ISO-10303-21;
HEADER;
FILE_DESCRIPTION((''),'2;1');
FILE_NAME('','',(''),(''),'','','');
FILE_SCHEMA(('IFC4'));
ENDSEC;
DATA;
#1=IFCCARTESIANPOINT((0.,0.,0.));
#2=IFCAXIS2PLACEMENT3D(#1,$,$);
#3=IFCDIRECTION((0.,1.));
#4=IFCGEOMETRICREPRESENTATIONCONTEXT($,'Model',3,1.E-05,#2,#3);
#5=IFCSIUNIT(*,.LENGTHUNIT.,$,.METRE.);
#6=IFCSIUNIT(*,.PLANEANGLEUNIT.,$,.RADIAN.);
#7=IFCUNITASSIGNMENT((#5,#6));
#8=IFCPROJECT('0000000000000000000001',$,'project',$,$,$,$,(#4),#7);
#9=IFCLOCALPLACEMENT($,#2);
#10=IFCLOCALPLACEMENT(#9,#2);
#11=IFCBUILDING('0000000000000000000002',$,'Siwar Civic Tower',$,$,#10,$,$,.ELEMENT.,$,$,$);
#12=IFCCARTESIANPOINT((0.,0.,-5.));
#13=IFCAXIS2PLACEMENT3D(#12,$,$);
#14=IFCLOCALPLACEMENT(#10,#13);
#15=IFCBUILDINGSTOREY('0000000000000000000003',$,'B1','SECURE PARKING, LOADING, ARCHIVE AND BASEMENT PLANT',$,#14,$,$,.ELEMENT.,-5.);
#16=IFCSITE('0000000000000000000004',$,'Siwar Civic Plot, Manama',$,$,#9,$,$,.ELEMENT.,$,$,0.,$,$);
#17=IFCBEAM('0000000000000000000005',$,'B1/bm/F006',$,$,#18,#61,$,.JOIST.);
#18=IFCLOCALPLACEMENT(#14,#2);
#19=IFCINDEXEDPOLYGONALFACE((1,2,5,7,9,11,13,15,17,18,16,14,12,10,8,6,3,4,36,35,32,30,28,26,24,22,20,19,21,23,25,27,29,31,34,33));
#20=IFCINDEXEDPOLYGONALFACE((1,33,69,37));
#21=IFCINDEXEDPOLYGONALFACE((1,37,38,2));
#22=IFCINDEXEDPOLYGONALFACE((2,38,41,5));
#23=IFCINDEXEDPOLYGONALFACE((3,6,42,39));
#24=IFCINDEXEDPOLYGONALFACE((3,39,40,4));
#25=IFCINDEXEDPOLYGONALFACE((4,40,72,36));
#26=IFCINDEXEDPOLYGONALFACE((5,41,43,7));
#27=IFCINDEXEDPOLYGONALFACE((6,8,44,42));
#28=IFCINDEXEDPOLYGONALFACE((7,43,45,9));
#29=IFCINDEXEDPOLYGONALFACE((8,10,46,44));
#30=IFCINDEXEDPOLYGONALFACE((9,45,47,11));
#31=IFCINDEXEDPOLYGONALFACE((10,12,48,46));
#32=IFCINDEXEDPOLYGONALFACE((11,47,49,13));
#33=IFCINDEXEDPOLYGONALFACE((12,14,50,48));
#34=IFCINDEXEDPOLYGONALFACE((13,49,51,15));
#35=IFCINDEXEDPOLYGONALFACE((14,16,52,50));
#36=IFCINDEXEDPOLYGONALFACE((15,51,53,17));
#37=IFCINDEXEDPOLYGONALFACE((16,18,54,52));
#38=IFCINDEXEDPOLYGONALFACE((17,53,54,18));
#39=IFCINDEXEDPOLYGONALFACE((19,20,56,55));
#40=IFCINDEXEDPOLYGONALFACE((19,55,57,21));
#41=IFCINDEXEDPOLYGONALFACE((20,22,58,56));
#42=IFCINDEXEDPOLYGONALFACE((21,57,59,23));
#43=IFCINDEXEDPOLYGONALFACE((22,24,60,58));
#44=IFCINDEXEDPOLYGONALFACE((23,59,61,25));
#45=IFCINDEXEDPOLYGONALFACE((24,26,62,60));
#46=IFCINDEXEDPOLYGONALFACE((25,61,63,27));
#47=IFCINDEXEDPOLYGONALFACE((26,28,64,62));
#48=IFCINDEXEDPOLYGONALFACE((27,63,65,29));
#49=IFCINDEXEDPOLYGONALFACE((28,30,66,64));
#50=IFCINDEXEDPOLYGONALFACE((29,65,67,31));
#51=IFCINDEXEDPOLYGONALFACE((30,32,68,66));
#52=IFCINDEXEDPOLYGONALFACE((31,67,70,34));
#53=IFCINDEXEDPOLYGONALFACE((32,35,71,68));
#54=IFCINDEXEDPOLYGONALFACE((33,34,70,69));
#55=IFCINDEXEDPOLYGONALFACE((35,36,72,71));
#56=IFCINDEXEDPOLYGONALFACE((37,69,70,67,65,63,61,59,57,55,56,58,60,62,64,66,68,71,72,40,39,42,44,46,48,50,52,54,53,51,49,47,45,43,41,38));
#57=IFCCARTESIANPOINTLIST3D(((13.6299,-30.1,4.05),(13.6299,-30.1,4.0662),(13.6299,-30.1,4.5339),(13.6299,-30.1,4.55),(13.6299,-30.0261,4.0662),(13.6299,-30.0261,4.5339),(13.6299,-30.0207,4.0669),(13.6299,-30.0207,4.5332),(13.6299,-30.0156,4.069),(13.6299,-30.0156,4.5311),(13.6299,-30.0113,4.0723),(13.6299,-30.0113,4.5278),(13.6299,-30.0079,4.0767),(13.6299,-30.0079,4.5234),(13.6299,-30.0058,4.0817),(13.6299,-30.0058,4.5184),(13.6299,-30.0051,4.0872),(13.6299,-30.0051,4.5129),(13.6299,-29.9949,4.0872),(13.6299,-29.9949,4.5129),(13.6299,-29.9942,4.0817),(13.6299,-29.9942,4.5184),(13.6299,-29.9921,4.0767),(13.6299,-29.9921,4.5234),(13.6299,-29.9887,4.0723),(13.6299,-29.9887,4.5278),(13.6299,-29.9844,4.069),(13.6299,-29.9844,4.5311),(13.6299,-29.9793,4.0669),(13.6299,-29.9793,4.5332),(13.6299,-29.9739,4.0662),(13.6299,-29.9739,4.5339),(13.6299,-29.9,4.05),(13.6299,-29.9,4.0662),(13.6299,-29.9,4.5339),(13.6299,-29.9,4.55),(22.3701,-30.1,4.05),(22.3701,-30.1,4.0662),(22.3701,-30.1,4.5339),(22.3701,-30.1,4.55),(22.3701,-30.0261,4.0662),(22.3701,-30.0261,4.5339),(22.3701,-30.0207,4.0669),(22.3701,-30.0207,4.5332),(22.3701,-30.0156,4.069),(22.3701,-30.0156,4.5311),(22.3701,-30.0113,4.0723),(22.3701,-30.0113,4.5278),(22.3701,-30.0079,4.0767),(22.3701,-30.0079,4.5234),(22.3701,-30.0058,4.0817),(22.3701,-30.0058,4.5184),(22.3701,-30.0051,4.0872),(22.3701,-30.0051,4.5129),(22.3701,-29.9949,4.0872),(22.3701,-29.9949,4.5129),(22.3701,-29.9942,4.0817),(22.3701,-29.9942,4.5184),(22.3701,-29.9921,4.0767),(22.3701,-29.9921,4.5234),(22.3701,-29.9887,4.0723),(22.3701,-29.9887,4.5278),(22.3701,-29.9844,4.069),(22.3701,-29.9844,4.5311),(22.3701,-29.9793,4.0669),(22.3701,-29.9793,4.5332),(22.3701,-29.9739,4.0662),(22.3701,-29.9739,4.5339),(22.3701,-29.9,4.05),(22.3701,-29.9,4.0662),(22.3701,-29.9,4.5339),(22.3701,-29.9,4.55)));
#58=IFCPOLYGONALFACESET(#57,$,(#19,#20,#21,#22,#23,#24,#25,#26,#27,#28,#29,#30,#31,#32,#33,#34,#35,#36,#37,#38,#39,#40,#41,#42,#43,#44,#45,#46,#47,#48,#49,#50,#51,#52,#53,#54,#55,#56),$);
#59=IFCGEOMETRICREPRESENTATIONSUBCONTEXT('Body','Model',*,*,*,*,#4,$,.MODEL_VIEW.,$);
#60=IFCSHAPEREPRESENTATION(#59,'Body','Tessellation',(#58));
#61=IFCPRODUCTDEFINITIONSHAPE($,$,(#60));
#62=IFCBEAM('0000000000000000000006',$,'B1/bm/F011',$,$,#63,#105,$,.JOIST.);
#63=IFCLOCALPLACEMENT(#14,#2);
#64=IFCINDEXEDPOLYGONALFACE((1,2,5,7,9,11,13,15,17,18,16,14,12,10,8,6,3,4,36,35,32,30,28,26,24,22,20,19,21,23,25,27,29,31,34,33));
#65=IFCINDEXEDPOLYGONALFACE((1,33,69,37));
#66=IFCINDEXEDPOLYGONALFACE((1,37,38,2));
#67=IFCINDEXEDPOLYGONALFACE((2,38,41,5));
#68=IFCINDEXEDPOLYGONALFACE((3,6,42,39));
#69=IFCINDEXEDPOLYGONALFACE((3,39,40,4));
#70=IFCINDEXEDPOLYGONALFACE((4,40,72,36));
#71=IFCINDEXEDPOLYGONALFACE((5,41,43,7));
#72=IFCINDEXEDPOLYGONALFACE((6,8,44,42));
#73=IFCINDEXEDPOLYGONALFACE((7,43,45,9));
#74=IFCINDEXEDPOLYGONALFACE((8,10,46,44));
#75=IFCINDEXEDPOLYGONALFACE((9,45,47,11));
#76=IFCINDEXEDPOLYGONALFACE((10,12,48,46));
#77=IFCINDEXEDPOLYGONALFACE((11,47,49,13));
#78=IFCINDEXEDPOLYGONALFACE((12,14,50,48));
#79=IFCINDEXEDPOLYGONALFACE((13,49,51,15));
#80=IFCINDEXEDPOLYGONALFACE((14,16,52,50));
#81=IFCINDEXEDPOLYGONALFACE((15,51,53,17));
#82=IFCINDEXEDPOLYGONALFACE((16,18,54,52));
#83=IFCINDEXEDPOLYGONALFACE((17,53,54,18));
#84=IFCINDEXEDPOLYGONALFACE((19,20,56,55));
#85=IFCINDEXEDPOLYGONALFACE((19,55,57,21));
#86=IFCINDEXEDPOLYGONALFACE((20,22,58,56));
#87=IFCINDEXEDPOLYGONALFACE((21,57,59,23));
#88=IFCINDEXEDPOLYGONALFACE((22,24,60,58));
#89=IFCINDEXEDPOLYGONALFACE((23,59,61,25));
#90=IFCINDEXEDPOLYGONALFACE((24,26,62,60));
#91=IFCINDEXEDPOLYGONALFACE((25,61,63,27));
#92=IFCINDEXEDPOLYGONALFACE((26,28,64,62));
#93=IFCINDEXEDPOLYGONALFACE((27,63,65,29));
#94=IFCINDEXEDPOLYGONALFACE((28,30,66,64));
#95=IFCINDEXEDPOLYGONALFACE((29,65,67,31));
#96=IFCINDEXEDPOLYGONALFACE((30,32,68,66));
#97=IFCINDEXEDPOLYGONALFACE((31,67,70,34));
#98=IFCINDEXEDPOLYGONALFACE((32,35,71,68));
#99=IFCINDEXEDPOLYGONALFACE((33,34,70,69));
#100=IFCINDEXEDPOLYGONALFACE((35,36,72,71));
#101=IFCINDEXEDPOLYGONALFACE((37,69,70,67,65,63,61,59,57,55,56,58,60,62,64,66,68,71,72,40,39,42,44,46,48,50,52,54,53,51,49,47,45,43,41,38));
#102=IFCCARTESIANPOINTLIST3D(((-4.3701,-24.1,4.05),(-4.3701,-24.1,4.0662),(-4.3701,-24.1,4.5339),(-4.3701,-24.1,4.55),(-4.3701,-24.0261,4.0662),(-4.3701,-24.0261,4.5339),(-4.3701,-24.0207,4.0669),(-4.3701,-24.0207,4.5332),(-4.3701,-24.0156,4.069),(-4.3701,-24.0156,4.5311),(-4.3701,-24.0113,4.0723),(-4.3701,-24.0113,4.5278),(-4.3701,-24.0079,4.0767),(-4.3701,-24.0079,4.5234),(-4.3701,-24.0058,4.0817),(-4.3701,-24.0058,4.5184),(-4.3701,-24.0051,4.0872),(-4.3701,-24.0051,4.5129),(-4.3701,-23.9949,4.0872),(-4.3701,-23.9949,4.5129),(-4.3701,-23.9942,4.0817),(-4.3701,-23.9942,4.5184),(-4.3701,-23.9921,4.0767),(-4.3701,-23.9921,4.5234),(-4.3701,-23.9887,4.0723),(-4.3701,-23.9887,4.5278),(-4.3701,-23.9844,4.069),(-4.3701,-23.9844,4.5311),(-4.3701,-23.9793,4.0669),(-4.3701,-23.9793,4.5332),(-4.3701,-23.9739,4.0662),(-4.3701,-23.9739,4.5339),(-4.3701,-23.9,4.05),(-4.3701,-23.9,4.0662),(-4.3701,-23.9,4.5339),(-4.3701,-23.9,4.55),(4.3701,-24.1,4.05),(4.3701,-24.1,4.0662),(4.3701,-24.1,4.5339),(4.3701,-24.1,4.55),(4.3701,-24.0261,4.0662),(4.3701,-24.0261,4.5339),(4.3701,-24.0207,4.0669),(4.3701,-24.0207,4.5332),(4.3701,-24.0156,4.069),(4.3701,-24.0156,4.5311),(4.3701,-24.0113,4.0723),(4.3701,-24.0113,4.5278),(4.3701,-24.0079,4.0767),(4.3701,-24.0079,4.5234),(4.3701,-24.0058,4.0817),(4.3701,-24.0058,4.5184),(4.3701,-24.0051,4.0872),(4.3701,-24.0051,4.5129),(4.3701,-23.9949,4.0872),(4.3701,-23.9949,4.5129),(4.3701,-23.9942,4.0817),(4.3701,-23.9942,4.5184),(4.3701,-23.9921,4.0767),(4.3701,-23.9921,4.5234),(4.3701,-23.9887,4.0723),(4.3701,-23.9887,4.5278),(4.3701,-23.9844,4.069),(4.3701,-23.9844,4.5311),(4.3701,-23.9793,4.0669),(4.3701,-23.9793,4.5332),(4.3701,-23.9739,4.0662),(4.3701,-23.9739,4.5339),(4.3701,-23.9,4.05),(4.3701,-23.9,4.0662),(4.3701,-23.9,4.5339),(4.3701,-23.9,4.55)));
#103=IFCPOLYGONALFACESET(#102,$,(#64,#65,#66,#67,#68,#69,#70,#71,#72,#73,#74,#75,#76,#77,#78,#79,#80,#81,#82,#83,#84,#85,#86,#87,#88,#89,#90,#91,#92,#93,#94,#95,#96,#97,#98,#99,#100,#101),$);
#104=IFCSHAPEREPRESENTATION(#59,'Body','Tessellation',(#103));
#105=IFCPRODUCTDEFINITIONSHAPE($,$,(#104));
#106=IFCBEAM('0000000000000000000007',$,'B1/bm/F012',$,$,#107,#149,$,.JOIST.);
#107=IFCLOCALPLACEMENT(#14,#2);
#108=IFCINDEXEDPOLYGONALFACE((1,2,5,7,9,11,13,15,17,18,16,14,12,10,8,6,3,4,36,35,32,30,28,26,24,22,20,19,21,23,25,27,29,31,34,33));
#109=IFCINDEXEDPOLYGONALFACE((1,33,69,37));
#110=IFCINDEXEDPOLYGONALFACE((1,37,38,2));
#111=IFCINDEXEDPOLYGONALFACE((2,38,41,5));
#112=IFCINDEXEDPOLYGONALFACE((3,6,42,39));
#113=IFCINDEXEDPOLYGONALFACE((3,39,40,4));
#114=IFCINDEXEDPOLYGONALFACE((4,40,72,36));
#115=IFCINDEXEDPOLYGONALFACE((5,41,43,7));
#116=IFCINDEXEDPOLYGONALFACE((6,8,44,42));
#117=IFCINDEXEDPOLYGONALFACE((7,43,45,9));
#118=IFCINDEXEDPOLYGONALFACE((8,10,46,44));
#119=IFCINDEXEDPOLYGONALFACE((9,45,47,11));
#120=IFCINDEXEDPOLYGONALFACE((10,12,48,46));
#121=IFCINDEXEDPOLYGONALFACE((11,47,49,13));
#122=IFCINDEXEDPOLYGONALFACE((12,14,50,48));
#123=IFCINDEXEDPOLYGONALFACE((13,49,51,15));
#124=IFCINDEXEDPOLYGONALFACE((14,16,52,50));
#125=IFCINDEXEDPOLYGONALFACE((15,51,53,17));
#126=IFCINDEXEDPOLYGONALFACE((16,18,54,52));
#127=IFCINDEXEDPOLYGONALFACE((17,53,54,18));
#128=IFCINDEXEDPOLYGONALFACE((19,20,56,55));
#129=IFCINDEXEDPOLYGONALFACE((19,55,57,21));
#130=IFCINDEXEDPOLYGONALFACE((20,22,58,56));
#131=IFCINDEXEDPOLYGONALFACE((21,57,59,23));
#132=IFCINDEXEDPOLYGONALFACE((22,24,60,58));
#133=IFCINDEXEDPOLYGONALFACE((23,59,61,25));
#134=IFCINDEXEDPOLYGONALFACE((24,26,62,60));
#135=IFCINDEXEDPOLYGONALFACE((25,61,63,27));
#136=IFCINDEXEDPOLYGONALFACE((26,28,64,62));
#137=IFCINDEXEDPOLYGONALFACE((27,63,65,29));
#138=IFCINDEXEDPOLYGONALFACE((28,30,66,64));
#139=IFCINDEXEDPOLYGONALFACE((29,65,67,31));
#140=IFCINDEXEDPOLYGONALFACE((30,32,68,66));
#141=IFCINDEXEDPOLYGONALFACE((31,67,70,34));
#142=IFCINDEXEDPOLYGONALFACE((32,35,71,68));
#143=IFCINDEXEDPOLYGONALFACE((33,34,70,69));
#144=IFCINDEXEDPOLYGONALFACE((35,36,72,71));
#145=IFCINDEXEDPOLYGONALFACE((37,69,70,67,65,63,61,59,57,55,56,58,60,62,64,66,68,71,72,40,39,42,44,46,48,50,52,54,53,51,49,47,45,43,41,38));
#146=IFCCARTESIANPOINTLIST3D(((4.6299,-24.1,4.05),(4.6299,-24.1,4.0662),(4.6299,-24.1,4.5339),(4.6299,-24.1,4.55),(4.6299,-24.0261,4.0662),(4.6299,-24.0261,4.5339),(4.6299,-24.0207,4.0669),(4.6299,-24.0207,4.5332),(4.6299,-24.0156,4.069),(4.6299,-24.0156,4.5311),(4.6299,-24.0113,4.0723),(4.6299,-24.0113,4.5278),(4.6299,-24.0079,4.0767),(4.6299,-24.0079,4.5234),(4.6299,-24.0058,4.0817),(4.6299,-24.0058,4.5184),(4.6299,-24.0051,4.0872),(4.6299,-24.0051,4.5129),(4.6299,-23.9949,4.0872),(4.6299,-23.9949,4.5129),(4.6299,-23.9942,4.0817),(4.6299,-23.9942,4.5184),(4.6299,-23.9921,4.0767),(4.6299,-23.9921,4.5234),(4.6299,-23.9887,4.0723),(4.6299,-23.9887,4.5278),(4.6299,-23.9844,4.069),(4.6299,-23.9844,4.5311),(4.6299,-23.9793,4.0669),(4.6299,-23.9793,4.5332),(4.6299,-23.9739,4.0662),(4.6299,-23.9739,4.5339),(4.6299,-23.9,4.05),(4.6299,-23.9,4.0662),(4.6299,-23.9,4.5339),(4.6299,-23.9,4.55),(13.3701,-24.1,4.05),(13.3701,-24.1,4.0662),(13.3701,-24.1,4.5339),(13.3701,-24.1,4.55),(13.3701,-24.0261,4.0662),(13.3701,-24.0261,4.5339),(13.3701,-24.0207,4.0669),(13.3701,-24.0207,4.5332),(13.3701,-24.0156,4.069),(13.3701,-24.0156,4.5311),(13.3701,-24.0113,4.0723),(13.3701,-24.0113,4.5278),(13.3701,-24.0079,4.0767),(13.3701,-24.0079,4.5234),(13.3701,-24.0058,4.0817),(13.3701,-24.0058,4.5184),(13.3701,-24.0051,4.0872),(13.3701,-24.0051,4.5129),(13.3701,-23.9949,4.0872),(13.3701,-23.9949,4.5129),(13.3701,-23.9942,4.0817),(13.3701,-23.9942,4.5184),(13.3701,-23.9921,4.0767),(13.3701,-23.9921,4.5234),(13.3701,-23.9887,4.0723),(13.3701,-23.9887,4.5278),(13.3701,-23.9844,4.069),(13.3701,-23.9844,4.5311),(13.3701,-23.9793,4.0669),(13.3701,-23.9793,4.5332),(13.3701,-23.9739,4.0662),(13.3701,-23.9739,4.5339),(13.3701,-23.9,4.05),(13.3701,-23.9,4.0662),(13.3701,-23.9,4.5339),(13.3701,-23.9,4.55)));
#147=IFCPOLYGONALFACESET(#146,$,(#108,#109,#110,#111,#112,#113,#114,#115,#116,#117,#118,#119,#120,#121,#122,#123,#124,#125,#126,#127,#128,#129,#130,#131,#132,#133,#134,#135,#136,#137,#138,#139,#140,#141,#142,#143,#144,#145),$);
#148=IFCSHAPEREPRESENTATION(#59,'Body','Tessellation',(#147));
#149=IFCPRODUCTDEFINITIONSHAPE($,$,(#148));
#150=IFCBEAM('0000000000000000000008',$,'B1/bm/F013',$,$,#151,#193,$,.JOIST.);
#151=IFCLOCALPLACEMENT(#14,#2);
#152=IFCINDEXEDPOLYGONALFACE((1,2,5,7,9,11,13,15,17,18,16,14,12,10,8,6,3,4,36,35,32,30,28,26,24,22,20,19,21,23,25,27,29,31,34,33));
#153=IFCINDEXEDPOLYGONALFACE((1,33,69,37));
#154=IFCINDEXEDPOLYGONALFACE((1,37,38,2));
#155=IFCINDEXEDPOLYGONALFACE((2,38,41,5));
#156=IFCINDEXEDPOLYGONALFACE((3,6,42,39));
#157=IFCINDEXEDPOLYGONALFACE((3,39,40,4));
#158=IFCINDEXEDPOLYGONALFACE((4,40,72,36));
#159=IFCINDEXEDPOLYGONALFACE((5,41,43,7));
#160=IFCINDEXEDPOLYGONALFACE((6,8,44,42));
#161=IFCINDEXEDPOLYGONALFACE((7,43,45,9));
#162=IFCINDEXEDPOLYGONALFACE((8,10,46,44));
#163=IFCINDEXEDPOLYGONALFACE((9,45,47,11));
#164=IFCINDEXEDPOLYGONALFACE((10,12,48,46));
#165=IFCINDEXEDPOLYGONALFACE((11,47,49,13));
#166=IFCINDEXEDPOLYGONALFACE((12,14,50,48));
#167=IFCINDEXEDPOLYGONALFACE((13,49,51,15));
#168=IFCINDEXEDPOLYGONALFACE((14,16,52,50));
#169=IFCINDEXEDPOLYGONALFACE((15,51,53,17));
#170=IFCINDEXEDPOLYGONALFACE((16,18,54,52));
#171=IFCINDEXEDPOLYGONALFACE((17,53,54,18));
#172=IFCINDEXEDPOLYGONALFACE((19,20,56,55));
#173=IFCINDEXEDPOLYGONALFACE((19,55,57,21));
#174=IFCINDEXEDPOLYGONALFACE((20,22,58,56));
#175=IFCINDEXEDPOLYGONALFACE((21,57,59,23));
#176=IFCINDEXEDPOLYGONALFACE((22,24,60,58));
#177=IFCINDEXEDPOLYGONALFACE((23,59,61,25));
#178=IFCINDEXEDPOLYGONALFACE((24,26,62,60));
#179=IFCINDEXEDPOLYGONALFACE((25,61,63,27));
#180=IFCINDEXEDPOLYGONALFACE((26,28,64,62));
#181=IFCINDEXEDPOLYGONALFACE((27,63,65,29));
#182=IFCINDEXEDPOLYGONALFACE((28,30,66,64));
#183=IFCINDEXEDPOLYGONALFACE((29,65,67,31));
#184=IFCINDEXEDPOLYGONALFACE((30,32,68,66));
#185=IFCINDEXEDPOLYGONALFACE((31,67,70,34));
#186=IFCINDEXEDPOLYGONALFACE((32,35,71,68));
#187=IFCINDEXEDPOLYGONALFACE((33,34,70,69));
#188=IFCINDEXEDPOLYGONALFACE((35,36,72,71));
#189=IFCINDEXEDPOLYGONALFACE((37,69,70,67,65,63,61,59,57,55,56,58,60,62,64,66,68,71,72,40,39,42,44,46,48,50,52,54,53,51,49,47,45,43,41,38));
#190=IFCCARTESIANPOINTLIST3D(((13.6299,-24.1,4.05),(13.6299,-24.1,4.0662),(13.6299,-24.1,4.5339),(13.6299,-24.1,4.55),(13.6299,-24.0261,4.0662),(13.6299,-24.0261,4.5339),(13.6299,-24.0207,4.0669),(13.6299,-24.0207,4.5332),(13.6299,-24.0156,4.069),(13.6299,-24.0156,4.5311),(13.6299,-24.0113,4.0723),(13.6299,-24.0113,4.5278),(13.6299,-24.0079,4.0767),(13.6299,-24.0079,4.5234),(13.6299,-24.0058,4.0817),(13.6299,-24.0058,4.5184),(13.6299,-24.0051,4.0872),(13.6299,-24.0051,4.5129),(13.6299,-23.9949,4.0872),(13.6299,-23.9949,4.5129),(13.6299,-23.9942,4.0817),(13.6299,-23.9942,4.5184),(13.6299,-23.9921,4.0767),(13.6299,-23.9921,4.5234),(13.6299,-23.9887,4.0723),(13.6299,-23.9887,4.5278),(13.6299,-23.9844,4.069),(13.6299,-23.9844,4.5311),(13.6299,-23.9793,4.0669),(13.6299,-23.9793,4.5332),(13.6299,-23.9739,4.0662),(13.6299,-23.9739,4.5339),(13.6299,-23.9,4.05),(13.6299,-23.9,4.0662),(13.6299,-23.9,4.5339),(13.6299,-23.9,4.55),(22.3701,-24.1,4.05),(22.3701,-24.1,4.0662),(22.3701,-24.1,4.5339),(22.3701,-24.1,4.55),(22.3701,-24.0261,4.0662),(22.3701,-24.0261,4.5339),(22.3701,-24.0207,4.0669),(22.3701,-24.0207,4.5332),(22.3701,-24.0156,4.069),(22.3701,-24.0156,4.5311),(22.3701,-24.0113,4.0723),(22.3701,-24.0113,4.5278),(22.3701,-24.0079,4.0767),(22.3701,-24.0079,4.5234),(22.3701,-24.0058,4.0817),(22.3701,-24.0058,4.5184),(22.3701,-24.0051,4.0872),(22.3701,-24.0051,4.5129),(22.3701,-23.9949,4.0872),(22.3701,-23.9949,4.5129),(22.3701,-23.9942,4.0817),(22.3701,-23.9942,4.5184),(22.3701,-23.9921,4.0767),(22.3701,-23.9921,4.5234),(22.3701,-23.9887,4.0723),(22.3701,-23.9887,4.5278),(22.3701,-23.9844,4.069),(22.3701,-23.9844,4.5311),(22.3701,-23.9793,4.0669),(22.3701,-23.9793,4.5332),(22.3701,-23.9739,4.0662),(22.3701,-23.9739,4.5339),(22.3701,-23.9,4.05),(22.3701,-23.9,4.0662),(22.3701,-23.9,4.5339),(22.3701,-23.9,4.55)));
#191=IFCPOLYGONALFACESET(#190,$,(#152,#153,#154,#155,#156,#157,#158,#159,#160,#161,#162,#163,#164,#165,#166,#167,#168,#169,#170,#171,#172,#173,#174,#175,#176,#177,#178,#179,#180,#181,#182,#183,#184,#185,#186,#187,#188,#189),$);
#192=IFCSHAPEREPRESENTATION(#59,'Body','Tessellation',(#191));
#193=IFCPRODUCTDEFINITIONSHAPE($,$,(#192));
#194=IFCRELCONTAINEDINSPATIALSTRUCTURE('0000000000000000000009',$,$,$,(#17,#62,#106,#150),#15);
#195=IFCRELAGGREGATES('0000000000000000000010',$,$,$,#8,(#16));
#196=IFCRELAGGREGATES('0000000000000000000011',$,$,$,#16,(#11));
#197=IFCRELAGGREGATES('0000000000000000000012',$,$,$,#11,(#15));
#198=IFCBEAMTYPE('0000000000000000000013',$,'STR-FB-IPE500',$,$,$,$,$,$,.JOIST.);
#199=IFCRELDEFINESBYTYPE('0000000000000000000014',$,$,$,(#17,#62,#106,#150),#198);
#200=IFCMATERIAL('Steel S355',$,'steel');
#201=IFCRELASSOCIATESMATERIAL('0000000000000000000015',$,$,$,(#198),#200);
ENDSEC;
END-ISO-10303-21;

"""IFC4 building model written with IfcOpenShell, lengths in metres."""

from ifc_helpers import new_model, si_unit, direction, frame, origin, origin_2d, place, context, subcontext, project, spatial, i_section, extrude, material, material_profile, profile_set, type_object, element, save


model = new_model("IFC4")

# Units and contexts
model_context = context("Model", 3, precision=1e-05, world=origin(), true_north=direction((0.0, 1.0)))
body_context = subcontext(model_context, "Body", "Model", "MODEL_VIEW")
ifc_project = project(units=[si_unit("LENGTHUNIT", "METRE"), si_unit("PLANEANGLEUNIT", "RADIAN")], contexts=[model_context])

# Site, building, storey
site_placement = place(None, origin())
site = spatial("IfcSite", under=ifc_project, at=site_placement, Name="Siwar Civic Plot, Manama", CompositionType="ELEMENT", RefElevation=0.0)
building_placement = place(site_placement, origin())
building = spatial("IfcBuilding", under=site, at=building_placement, Name="Siwar Civic Tower", CompositionType="ELEMENT")
storey_placement = place(building_placement, frame((0.0, 0.0, -5.0)))
storey = spatial("IfcBuildingStorey", under=building, at=storey_placement, Name="B1", Description="SECURE PARKING, LOADING, ARCHIVE AND BASEMENT PLANT", CompositionType="ELEMENT", Elevation=-5.0)

# Beams
ifc_material_1 = material(Name="Steel S355", Category="steel")
ifc_material_profile_1 = material_profile(ifc_material_1, i_section(OverallWidth=0.2, OverallDepth=0.5, WebThickness=0.0103, FlangeThickness=0.0161, FilletRadius=0.021, at=origin_2d()), Name="IPE500")
ifc_profile_set_1 = profile_set([ifc_material_profile_1], Name="Steel S355")
beam_type_1 = type_object("IfcBeamType", Name="STR-FB-IPE500", PredefinedType="JOIST", material=ifc_profile_set_1)
for number, where, z_axis, x_axis, name in (
    (1, (13.6299, -30.0, 4.3), (1.0, 0.0, 0.0), (0.0, 1.0, 0.0), "B1/bm/F006"),
    (2, (-4.3701, -24.0, 4.3), (1.0, 0.0, 0.0), (0.0, 1.0, 0.0), "B1/bm/F011"),
    (3, (4.6299, -24.0, 4.3), (1.0, 0.0, 0.0), (0.0, 1.0, 0.0), "B1/bm/F012"),
    (4, (13.6299, -24.0, 4.3), (1.0, 0.0, 0.0), (0.0, 1.0, 0.0), "B1/bm/F013"),
):
    element("IfcBeam", number, at=place(storey_placement, frame(where, z_axis=z_axis, x_axis=x_axis)), inside=storey, type_object=beam_type_1, Name=name, PredefinedType="JOIST", context=body_context, shape_type="SweptSolid", body=[
        extrude(i_section(OverallWidth=0.2, OverallDepth=0.5, WebThickness=0.0103, FlangeThickness=0.0161, FilletRadius=0.021, at=origin_2d()), origin(), (0.0, 0.0, 1.0), 8.7402),
    ])

save(model, "model.ifc")
